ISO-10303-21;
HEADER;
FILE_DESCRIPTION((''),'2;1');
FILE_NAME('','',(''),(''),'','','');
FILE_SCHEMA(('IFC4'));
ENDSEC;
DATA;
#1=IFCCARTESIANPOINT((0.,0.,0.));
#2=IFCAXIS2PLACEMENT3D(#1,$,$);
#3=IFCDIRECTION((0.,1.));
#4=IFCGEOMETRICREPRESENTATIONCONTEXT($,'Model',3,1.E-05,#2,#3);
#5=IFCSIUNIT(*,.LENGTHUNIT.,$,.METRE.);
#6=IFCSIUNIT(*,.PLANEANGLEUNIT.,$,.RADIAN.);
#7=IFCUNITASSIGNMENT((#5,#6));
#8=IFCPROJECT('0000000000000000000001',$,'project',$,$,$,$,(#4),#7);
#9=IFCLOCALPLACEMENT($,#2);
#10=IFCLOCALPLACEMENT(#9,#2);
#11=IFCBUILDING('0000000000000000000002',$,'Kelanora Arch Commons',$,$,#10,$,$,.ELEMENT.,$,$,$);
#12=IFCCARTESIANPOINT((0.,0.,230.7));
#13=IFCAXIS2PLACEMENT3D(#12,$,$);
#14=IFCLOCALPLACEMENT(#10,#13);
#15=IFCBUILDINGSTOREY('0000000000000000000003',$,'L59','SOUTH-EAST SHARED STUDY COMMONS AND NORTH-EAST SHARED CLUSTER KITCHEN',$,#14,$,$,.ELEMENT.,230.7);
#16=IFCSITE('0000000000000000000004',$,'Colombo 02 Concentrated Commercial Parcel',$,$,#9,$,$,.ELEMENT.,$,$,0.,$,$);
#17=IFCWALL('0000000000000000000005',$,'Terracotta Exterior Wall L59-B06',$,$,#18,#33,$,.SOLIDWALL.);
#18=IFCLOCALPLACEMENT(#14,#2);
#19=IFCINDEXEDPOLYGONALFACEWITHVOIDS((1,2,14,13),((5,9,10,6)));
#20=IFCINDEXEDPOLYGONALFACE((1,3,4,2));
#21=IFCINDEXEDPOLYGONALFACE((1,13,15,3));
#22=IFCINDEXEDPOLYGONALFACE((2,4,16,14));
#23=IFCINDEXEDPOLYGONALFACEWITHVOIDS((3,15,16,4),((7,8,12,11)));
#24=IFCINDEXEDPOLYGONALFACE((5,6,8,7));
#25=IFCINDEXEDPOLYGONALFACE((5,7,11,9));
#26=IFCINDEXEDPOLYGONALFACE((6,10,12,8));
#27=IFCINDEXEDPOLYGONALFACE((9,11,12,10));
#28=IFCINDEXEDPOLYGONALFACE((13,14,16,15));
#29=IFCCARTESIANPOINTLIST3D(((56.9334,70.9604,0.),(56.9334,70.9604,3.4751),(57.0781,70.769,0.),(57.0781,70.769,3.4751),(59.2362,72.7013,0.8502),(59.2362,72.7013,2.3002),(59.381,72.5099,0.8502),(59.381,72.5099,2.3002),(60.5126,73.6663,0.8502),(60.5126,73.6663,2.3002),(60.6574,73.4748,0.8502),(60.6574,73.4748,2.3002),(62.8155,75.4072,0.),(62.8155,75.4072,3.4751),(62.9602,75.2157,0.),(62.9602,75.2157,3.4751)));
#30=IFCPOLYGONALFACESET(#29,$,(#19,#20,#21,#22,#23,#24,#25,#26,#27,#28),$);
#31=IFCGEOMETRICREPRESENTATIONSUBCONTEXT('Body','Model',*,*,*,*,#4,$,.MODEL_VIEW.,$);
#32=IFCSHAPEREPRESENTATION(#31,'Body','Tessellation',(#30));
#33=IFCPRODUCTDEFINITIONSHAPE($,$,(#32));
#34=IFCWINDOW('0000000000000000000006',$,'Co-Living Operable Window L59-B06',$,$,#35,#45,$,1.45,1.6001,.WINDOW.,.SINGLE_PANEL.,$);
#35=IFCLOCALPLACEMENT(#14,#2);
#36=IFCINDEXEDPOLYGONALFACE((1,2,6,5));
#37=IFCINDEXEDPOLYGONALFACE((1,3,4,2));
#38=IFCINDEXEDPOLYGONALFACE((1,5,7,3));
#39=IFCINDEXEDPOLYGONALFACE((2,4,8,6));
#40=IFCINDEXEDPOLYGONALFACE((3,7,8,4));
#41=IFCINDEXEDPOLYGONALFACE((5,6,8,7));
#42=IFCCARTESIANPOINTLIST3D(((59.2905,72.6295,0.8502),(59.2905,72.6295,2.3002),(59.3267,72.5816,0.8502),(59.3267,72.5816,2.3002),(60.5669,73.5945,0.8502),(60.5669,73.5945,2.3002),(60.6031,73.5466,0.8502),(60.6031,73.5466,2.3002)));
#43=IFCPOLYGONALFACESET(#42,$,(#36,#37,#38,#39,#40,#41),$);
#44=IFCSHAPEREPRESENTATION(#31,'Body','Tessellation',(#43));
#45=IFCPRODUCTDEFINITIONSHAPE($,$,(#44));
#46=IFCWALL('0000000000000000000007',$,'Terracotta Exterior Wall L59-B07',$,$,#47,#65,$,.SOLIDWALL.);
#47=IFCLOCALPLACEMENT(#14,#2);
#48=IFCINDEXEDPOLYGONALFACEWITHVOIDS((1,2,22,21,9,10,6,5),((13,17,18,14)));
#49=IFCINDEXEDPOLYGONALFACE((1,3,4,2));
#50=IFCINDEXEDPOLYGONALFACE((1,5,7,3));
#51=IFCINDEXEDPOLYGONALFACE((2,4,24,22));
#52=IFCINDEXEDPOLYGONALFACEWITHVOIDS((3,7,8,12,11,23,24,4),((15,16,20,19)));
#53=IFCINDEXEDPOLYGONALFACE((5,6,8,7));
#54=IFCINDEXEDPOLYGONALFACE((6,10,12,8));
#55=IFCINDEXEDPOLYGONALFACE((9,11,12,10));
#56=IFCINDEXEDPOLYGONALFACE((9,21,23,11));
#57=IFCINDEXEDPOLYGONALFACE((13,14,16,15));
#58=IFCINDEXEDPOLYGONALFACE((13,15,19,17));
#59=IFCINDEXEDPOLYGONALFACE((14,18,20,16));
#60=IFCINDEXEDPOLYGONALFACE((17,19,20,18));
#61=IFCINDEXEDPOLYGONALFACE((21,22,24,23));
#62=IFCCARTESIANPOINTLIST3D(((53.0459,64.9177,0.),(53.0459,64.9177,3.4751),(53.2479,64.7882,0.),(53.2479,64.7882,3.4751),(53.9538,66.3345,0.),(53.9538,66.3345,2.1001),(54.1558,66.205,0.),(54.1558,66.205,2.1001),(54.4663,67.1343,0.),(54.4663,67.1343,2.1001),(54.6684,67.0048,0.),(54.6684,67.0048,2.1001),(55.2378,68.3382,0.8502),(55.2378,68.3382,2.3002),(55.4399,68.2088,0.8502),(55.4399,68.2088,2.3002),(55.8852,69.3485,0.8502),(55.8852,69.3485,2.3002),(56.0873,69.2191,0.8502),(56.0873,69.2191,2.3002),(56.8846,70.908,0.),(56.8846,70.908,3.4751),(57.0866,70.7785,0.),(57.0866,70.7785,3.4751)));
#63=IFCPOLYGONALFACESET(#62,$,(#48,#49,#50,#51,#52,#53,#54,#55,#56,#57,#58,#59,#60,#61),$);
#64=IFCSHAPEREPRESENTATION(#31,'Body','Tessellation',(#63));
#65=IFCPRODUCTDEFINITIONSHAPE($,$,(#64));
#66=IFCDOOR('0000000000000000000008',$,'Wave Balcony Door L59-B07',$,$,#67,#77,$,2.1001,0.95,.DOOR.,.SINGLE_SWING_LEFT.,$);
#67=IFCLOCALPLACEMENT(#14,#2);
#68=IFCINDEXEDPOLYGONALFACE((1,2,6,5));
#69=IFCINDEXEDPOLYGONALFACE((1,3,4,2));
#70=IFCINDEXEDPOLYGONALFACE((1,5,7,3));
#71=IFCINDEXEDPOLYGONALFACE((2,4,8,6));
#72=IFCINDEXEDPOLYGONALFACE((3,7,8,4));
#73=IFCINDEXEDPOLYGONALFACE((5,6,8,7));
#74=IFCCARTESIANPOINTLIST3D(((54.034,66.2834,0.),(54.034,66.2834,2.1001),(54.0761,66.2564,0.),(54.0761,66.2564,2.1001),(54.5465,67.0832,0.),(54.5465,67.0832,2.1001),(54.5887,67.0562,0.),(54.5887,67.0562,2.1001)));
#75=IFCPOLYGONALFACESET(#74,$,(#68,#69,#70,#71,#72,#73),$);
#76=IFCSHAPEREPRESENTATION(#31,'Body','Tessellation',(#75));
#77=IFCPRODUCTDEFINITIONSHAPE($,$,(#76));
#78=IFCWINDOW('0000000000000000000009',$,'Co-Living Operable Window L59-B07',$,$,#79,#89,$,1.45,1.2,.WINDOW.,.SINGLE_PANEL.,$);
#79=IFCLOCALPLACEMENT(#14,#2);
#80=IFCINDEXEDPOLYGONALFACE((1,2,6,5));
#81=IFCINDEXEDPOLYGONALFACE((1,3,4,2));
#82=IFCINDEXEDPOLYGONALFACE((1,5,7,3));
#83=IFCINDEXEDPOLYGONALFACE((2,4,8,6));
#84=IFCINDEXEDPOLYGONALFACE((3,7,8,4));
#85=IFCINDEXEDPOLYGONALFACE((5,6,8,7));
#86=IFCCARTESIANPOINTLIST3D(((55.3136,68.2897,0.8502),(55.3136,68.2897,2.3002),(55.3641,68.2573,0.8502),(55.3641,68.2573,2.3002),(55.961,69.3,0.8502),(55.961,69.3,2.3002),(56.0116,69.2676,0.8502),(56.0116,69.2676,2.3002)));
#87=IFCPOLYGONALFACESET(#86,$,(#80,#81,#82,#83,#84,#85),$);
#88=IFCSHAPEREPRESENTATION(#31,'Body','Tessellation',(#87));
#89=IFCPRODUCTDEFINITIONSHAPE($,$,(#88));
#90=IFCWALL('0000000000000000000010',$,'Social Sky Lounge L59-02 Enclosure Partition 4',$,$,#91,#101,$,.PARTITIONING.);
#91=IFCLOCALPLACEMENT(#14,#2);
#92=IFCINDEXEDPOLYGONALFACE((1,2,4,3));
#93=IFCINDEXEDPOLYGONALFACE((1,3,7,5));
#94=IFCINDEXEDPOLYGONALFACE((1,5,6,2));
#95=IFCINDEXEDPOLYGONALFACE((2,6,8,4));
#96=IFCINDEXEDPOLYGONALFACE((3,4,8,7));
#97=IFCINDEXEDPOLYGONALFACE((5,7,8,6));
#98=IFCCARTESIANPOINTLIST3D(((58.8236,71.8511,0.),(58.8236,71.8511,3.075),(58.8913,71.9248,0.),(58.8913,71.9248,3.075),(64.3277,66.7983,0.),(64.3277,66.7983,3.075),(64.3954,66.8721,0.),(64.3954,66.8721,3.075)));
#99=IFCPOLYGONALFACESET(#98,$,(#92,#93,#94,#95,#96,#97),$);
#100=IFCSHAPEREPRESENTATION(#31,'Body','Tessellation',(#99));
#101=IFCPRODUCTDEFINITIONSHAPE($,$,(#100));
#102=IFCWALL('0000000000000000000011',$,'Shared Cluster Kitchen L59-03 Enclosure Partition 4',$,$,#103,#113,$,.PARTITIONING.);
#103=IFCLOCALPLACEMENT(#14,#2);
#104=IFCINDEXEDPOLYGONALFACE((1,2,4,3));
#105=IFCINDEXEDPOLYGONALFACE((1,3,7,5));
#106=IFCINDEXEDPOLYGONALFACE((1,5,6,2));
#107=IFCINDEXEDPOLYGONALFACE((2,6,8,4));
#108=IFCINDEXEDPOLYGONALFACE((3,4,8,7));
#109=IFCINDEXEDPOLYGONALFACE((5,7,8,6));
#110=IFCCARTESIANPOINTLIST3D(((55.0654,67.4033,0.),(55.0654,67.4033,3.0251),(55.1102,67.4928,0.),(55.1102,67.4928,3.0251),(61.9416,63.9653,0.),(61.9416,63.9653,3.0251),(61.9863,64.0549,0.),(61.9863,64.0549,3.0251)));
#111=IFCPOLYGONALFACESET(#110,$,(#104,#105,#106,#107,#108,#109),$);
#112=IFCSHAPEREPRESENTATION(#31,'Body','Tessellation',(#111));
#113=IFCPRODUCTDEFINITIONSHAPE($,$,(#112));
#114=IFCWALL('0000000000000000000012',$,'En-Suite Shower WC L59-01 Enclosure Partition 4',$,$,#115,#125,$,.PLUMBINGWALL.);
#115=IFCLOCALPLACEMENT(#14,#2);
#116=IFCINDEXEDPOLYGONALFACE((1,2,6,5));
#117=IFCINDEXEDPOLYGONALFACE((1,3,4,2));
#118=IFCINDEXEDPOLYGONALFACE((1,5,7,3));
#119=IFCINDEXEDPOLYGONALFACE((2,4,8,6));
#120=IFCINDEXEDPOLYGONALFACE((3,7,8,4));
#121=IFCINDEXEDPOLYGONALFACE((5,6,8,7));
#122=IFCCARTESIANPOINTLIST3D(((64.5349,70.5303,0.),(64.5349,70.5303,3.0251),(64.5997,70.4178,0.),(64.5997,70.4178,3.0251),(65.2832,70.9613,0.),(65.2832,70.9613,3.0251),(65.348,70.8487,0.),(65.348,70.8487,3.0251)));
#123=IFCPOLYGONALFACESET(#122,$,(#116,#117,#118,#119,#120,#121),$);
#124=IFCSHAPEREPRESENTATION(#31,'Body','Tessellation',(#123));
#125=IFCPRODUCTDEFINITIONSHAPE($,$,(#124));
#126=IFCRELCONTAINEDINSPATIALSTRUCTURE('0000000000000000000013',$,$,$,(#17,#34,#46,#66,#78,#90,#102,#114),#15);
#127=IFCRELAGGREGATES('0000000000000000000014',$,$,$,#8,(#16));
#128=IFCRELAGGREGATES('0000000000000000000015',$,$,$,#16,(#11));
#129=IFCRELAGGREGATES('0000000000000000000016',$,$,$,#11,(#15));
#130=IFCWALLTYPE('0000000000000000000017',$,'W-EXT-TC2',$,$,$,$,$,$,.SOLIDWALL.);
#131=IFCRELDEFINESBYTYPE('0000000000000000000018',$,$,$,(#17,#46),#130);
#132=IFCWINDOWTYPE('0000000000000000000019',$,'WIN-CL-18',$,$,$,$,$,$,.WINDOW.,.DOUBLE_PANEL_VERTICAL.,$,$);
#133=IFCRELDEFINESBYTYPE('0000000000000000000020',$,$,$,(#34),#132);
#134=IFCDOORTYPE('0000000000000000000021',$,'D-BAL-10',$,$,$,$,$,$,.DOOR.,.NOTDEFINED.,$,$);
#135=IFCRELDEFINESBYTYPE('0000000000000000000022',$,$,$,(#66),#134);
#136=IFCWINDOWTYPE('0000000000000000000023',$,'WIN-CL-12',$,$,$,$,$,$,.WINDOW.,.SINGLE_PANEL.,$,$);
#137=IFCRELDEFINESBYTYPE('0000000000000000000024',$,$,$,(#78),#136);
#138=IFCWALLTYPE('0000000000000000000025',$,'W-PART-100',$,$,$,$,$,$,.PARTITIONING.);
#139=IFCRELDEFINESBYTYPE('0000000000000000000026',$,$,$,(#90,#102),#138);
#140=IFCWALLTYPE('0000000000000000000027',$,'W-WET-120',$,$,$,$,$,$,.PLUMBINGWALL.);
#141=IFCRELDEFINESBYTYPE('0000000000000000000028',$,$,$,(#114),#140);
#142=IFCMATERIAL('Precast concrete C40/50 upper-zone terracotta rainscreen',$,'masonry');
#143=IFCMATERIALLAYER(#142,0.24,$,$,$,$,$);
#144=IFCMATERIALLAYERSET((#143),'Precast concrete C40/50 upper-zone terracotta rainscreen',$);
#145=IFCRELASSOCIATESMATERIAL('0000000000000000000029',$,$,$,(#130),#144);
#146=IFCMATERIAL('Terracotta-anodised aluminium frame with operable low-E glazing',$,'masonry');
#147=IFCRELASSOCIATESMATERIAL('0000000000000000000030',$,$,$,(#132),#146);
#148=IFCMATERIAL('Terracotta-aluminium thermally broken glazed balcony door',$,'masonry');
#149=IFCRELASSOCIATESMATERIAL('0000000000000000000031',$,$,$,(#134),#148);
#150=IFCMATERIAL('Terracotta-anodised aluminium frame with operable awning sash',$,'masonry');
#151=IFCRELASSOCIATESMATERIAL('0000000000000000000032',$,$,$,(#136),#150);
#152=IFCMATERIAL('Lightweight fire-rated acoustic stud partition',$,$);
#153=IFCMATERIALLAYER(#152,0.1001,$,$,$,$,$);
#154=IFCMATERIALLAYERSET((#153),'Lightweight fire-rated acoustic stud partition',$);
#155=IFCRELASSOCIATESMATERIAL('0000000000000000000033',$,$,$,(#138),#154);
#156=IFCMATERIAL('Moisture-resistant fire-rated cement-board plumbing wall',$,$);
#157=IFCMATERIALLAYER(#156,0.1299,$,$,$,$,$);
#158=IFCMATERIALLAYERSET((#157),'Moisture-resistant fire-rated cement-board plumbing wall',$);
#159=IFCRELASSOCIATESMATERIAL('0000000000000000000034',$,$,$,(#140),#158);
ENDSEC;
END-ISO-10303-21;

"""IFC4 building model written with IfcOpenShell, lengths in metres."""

from ifc_helpers import new_model, si_unit, direction, frame, frame_2d, origin, place, context, subcontext, project, spatial, rectangle, extrude, material, layer, layer_set, type_object, element, fill, save


model = new_model("IFC4")

# Units and contexts
model_context = context("Model", 3, precision=1e-05, world=origin(), true_north=direction((0.0, 1.0)))
body_context = subcontext(model_context, "Body", "Model", "MODEL_VIEW")
ifc_project = project(units=[si_unit("LENGTHUNIT", "METRE"), si_unit("PLANEANGLEUNIT", "RADIAN")], contexts=[model_context])

# Site, building, storey
site_placement = place(None, origin())
site = spatial("IfcSite", under=ifc_project, at=site_placement, Name="Colombo 02 Concentrated Commercial Parcel", CompositionType="ELEMENT", RefElevation=0.0)
building_placement = place(site_placement, origin())
building = spatial("IfcBuilding", under=site, at=building_placement, Name="Kelanora Arch Commons", CompositionType="ELEMENT")
storey_placement = place(building_placement, frame((0.0, 0.0, 230.7)))
storey = spatial("IfcBuildingStorey", under=building, at=storey_placement, Name="L59", Description="SOUTH-EAST SHARED STUDY COMMONS AND NORTH-EAST SHARED CLUSTER KITCHEN", CompositionType="ELEMENT", Elevation=230.7)

# Wall, opening, window
ifc_material_1 = material(Name="Precast concrete C40/50 upper-zone terracotta rainscreen", Category="masonry")
ifc_layer_1 = layer(ifc_material_1, 0.24)
ifc_layer_set_1 = layer_set([ifc_layer_1], Name="Precast concrete C40/50 upper-zone terracotta rainscreen")
wall_type_1 = type_object("IfcWallType", Name="W-EXT-TC2", PredefinedType="SOLIDWALL", material=ifc_layer_set_1)
wall_1_placement = place(storey_placement, frame((62.8879, 75.3115, 0.0), z_axis=(0.0, 0.0, 1.0), x_axis=(-0.797702, -0.603052, 0.0)))
wall_1 = element("IfcWall", 1, at=wall_1_placement, inside=storey, type_object=wall_type_1, Name="Terracotta Exterior Wall L59-B06", PredefinedType="SOLIDWALL", context=body_context, shape_type="SweptSolid", body=[
    extrude(rectangle(XDim=7.3738, YDim=0.24, at=frame_2d((3.687, 0.0))), origin(), (0.0, 0.0, 1.0), 3.4751),
])
opening_1_placement = place(wall_1_placement, frame((2.887, 0.0, 0.8501)))
opening_1 = element("IfcOpeningElement", 2, at=opening_1_placement, cuts=wall_1, PredefinedType="OPENING", context=body_context, shape_type="SweptSolid", body=[
    extrude(rectangle(XDim=1.6001, YDim=1.45, at=frame_2d((0.8, 0.7251))), frame((0.0, 0.1299, 0.0), z_axis=(0.0, -1.0, 0.0), x_axis=(1.0, 0.0, 0.0)), (0.0, 0.0, 1.0), 0.26),
])
ifc_material_2 = material(Name="Terracotta-anodised aluminium frame with operable low-E glazing", Category="masonry")
window_type_1 = type_object("IfcWindowType", Name="WIN-CL-18", PartitioningType="DOUBLE_PANEL_VERTICAL", PredefinedType="WINDOW", material=ifc_material_2)
window_1_placement = place(opening_1_placement, origin())
window_1 = element("IfcWindow", 3, at=window_1_placement, inside=storey, type_object=window_type_1, Name="Co-Living Operable Window L59-B06", OverallHeight=1.45, OverallWidth=1.6001, PartitioningType="SINGLE_PANEL", PredefinedType="WINDOW", context=body_context, shape_type="SweptSolid", body=[
    extrude(rectangle(XDim=1.6001, YDim=1.45, at=frame_2d((0.8, 0.7251))), frame((0.0, 0.03, 0.0), z_axis=(0.0, -1.0, 0.0), x_axis=(1.0, 0.0, 0.0)), (0.0, 0.0, 1.0), 0.0601),
])
fill(opening_1, window_1)

# Wall, openings, door, window
wall_2_placement = place(storey_placement, frame((56.9856, 70.8433, 0.0), z_axis=(0.0, 0.0, 1.0), x_axis=(-0.53954, -0.84196, 0.0)))
wall_2 = element("IfcWall", 4, at=wall_2_placement, inside=storey, type_object=wall_type_1, Name="Terracotta Exterior Wall L59-B07", PredefinedType="SOLIDWALL", context=body_context, shape_type="SweptSolid", body=[
    extrude(rectangle(XDim=7.1147, YDim=0.24, at=frame_2d((3.5574, 0.0))), origin(), (0.0, 0.0, 1.0), 3.4751),
])
opening_2_placement = place(wall_2_placement, frame((4.4819, 0.0, 0.0)))
opening_2 = element("IfcOpeningElement", 5, at=opening_2_placement, cuts=wall_2, PredefinedType="OPENING", context=body_context, shape_type="SweptSolid", body=[
    extrude(rectangle(XDim=0.95, YDim=2.1001, at=frame_2d((0.4751, 1.05))), frame((0.0, 0.1299, 0.0), z_axis=(0.0, -1.0, 0.0), x_axis=(1.0, 0.0, 0.0)), (0.0, 0.0, 1.0), 0.26),
])
opening_3_placement = place(wall_2_placement, frame((1.8521, 0.0, 0.8501)))
opening_3 = element("IfcOpeningElement", 6, at=opening_3_placement, cuts=wall_2, PredefinedType="OPENING", context=body_context, shape_type="SweptSolid", body=[
    extrude(rectangle(XDim=1.2, YDim=1.45, at=frame_2d((0.6001, 0.7251))), frame((0.0, 0.1299, 0.0), z_axis=(0.0, -1.0, 0.0), x_axis=(1.0, 0.0, 0.0)), (0.0, 0.0, 1.0), 0.26),
])
ifc_material_3 = material(Name="Terracotta-aluminium thermally broken glazed balcony door", Category="masonry")
door_type = type_object("IfcDoorType", Name="D-BAL-10", OperationType="NOTDEFINED", PredefinedType="DOOR", material=ifc_material_3)
door_placement = place(opening_2_placement, frame((0.95, 0.0, 0.0), z_axis=(0.0, 0.0, 1.0), x_axis=(-1.0, 0.0, 0.0)))
door = element("IfcDoor", 7, at=door_placement, inside=storey, type_object=door_type, Name="Wave Balcony Door L59-B07", OperationType="SINGLE_SWING_LEFT", OverallHeight=2.1001, OverallWidth=0.95, PredefinedType="DOOR", context=body_context, shape_type="SweptSolid", body=[
    extrude(rectangle(XDim=0.95, YDim=2.1001, at=frame_2d((0.4751, 1.05))), frame((0.0, 0.0249, 0.0), z_axis=(0.0, -1.0, 0.0), x_axis=(1.0, 0.0, 0.0)), (0.0, 0.0, 1.0), 0.05),
])
fill(opening_2, door)
ifc_material_4 = material(Name="Terracotta-anodised aluminium frame with operable awning sash", Category="masonry")
window_type_2 = type_object("IfcWindowType", Name="WIN-CL-12", PartitioningType="SINGLE_PANEL", PredefinedType="WINDOW", material=ifc_material_4)
window_2_placement = place(opening_3_placement, origin())
window_2 = element("IfcWindow", 8, at=window_2_placement, inside=storey, type_object=window_type_2, Name="Co-Living Operable Window L59-B07", OverallHeight=1.45, OverallWidth=1.2, PartitioningType="SINGLE_PANEL", PredefinedType="WINDOW", context=body_context, shape_type="SweptSolid", body=[
    extrude(rectangle(XDim=1.2, YDim=1.45, at=frame_2d((0.6001, 0.7251))), frame((0.0, 0.03, 0.0), z_axis=(0.0, -1.0, 0.0), x_axis=(1.0, 0.0, 0.0)), (0.0, 0.0, 1.0), 0.0601),
])
fill(opening_3, window_2)

# Walls
ifc_material_5 = material(Name="Lightweight fire-rated acoustic stud partition")
ifc_layer_2 = layer(ifc_material_5, 0.1001)
ifc_layer_set_2 = layer_set([ifc_layer_2], Name="Lightweight fire-rated acoustic stud partition")
wall_type_2 = type_object("IfcWallType", Name="W-PART-100", PredefinedType="PARTITIONING", material=ifc_layer_set_2)
wall_3_placement = place(storey_placement, frame((58.8574, 71.8879, 0.0), z_axis=(0.0, 0.0, 1.0), x_axis=(0.73667, -0.676253, 0.0)))
element("IfcWall", 9, at=wall_3_placement, inside=storey, type_object=wall_type_2, Name="Social Sky Lounge L59-02 Enclosure Partition 4", PredefinedType="PARTITIONING", context=body_context, shape_type="SweptSolid", body=[
    extrude(rectangle(XDim=7.4717, YDim=0.1001, at=frame_2d((3.7358, 0.0))), origin(), (0.0, 0.0, 1.0), 3.075),
])
wall_4_placement = place(storey_placement, frame((55.0879, 67.448, 0.0), z_axis=(0.0, 0.0, 1.0), x_axis=(0.894434, -0.447201, 0.0)))
element("IfcWall", 10, at=wall_4_placement, inside=storey, type_object=wall_type_2, Name="Shared Cluster Kitchen L59-03 Enclosure Partition 4", PredefinedType="PARTITIONING", context=body_context, shape_type="SweptSolid", body=[
    extrude(rectangle(XDim=7.6877, YDim=0.1001, at=frame_2d((3.8438, 0.0))), origin(), (0.0, 0.0, 1.0), 3.0251),
])
ifc_material_6 = material(Name="Moisture-resistant fire-rated cement-board plumbing wall")
ifc_layer_3 = layer(ifc_material_6, 0.1299)
ifc_layer_set_3 = layer_set([ifc_layer_3], Name="Moisture-resistant fire-rated cement-board plumbing wall")
wall_type_3 = type_object("IfcWallType", Name="W-WET-120", PredefinedType="PLUMBINGWALL", material=ifc_layer_set_3)
wall_5_placement = place(storey_placement, frame((64.5674, 70.4741, 0.0), z_axis=(0.0, 0.0, 1.0), x_axis=(0.866585, 0.499029, 0.0)))
element("IfcWall", 11, at=wall_5_placement, inside=storey, type_object=wall_type_3, Name="En-Suite Shower WC L59-01 Enclosure Partition 4", PredefinedType="PLUMBINGWALL", context=body_context, shape_type="SweptSolid", body=[
    extrude(rectangle(XDim=0.8635, YDim=0.1299, at=frame_2d((0.4316, 0.0))), origin(), (0.0, 0.0, 1.0), 3.0251),
])

save(model, "model.ifc")
